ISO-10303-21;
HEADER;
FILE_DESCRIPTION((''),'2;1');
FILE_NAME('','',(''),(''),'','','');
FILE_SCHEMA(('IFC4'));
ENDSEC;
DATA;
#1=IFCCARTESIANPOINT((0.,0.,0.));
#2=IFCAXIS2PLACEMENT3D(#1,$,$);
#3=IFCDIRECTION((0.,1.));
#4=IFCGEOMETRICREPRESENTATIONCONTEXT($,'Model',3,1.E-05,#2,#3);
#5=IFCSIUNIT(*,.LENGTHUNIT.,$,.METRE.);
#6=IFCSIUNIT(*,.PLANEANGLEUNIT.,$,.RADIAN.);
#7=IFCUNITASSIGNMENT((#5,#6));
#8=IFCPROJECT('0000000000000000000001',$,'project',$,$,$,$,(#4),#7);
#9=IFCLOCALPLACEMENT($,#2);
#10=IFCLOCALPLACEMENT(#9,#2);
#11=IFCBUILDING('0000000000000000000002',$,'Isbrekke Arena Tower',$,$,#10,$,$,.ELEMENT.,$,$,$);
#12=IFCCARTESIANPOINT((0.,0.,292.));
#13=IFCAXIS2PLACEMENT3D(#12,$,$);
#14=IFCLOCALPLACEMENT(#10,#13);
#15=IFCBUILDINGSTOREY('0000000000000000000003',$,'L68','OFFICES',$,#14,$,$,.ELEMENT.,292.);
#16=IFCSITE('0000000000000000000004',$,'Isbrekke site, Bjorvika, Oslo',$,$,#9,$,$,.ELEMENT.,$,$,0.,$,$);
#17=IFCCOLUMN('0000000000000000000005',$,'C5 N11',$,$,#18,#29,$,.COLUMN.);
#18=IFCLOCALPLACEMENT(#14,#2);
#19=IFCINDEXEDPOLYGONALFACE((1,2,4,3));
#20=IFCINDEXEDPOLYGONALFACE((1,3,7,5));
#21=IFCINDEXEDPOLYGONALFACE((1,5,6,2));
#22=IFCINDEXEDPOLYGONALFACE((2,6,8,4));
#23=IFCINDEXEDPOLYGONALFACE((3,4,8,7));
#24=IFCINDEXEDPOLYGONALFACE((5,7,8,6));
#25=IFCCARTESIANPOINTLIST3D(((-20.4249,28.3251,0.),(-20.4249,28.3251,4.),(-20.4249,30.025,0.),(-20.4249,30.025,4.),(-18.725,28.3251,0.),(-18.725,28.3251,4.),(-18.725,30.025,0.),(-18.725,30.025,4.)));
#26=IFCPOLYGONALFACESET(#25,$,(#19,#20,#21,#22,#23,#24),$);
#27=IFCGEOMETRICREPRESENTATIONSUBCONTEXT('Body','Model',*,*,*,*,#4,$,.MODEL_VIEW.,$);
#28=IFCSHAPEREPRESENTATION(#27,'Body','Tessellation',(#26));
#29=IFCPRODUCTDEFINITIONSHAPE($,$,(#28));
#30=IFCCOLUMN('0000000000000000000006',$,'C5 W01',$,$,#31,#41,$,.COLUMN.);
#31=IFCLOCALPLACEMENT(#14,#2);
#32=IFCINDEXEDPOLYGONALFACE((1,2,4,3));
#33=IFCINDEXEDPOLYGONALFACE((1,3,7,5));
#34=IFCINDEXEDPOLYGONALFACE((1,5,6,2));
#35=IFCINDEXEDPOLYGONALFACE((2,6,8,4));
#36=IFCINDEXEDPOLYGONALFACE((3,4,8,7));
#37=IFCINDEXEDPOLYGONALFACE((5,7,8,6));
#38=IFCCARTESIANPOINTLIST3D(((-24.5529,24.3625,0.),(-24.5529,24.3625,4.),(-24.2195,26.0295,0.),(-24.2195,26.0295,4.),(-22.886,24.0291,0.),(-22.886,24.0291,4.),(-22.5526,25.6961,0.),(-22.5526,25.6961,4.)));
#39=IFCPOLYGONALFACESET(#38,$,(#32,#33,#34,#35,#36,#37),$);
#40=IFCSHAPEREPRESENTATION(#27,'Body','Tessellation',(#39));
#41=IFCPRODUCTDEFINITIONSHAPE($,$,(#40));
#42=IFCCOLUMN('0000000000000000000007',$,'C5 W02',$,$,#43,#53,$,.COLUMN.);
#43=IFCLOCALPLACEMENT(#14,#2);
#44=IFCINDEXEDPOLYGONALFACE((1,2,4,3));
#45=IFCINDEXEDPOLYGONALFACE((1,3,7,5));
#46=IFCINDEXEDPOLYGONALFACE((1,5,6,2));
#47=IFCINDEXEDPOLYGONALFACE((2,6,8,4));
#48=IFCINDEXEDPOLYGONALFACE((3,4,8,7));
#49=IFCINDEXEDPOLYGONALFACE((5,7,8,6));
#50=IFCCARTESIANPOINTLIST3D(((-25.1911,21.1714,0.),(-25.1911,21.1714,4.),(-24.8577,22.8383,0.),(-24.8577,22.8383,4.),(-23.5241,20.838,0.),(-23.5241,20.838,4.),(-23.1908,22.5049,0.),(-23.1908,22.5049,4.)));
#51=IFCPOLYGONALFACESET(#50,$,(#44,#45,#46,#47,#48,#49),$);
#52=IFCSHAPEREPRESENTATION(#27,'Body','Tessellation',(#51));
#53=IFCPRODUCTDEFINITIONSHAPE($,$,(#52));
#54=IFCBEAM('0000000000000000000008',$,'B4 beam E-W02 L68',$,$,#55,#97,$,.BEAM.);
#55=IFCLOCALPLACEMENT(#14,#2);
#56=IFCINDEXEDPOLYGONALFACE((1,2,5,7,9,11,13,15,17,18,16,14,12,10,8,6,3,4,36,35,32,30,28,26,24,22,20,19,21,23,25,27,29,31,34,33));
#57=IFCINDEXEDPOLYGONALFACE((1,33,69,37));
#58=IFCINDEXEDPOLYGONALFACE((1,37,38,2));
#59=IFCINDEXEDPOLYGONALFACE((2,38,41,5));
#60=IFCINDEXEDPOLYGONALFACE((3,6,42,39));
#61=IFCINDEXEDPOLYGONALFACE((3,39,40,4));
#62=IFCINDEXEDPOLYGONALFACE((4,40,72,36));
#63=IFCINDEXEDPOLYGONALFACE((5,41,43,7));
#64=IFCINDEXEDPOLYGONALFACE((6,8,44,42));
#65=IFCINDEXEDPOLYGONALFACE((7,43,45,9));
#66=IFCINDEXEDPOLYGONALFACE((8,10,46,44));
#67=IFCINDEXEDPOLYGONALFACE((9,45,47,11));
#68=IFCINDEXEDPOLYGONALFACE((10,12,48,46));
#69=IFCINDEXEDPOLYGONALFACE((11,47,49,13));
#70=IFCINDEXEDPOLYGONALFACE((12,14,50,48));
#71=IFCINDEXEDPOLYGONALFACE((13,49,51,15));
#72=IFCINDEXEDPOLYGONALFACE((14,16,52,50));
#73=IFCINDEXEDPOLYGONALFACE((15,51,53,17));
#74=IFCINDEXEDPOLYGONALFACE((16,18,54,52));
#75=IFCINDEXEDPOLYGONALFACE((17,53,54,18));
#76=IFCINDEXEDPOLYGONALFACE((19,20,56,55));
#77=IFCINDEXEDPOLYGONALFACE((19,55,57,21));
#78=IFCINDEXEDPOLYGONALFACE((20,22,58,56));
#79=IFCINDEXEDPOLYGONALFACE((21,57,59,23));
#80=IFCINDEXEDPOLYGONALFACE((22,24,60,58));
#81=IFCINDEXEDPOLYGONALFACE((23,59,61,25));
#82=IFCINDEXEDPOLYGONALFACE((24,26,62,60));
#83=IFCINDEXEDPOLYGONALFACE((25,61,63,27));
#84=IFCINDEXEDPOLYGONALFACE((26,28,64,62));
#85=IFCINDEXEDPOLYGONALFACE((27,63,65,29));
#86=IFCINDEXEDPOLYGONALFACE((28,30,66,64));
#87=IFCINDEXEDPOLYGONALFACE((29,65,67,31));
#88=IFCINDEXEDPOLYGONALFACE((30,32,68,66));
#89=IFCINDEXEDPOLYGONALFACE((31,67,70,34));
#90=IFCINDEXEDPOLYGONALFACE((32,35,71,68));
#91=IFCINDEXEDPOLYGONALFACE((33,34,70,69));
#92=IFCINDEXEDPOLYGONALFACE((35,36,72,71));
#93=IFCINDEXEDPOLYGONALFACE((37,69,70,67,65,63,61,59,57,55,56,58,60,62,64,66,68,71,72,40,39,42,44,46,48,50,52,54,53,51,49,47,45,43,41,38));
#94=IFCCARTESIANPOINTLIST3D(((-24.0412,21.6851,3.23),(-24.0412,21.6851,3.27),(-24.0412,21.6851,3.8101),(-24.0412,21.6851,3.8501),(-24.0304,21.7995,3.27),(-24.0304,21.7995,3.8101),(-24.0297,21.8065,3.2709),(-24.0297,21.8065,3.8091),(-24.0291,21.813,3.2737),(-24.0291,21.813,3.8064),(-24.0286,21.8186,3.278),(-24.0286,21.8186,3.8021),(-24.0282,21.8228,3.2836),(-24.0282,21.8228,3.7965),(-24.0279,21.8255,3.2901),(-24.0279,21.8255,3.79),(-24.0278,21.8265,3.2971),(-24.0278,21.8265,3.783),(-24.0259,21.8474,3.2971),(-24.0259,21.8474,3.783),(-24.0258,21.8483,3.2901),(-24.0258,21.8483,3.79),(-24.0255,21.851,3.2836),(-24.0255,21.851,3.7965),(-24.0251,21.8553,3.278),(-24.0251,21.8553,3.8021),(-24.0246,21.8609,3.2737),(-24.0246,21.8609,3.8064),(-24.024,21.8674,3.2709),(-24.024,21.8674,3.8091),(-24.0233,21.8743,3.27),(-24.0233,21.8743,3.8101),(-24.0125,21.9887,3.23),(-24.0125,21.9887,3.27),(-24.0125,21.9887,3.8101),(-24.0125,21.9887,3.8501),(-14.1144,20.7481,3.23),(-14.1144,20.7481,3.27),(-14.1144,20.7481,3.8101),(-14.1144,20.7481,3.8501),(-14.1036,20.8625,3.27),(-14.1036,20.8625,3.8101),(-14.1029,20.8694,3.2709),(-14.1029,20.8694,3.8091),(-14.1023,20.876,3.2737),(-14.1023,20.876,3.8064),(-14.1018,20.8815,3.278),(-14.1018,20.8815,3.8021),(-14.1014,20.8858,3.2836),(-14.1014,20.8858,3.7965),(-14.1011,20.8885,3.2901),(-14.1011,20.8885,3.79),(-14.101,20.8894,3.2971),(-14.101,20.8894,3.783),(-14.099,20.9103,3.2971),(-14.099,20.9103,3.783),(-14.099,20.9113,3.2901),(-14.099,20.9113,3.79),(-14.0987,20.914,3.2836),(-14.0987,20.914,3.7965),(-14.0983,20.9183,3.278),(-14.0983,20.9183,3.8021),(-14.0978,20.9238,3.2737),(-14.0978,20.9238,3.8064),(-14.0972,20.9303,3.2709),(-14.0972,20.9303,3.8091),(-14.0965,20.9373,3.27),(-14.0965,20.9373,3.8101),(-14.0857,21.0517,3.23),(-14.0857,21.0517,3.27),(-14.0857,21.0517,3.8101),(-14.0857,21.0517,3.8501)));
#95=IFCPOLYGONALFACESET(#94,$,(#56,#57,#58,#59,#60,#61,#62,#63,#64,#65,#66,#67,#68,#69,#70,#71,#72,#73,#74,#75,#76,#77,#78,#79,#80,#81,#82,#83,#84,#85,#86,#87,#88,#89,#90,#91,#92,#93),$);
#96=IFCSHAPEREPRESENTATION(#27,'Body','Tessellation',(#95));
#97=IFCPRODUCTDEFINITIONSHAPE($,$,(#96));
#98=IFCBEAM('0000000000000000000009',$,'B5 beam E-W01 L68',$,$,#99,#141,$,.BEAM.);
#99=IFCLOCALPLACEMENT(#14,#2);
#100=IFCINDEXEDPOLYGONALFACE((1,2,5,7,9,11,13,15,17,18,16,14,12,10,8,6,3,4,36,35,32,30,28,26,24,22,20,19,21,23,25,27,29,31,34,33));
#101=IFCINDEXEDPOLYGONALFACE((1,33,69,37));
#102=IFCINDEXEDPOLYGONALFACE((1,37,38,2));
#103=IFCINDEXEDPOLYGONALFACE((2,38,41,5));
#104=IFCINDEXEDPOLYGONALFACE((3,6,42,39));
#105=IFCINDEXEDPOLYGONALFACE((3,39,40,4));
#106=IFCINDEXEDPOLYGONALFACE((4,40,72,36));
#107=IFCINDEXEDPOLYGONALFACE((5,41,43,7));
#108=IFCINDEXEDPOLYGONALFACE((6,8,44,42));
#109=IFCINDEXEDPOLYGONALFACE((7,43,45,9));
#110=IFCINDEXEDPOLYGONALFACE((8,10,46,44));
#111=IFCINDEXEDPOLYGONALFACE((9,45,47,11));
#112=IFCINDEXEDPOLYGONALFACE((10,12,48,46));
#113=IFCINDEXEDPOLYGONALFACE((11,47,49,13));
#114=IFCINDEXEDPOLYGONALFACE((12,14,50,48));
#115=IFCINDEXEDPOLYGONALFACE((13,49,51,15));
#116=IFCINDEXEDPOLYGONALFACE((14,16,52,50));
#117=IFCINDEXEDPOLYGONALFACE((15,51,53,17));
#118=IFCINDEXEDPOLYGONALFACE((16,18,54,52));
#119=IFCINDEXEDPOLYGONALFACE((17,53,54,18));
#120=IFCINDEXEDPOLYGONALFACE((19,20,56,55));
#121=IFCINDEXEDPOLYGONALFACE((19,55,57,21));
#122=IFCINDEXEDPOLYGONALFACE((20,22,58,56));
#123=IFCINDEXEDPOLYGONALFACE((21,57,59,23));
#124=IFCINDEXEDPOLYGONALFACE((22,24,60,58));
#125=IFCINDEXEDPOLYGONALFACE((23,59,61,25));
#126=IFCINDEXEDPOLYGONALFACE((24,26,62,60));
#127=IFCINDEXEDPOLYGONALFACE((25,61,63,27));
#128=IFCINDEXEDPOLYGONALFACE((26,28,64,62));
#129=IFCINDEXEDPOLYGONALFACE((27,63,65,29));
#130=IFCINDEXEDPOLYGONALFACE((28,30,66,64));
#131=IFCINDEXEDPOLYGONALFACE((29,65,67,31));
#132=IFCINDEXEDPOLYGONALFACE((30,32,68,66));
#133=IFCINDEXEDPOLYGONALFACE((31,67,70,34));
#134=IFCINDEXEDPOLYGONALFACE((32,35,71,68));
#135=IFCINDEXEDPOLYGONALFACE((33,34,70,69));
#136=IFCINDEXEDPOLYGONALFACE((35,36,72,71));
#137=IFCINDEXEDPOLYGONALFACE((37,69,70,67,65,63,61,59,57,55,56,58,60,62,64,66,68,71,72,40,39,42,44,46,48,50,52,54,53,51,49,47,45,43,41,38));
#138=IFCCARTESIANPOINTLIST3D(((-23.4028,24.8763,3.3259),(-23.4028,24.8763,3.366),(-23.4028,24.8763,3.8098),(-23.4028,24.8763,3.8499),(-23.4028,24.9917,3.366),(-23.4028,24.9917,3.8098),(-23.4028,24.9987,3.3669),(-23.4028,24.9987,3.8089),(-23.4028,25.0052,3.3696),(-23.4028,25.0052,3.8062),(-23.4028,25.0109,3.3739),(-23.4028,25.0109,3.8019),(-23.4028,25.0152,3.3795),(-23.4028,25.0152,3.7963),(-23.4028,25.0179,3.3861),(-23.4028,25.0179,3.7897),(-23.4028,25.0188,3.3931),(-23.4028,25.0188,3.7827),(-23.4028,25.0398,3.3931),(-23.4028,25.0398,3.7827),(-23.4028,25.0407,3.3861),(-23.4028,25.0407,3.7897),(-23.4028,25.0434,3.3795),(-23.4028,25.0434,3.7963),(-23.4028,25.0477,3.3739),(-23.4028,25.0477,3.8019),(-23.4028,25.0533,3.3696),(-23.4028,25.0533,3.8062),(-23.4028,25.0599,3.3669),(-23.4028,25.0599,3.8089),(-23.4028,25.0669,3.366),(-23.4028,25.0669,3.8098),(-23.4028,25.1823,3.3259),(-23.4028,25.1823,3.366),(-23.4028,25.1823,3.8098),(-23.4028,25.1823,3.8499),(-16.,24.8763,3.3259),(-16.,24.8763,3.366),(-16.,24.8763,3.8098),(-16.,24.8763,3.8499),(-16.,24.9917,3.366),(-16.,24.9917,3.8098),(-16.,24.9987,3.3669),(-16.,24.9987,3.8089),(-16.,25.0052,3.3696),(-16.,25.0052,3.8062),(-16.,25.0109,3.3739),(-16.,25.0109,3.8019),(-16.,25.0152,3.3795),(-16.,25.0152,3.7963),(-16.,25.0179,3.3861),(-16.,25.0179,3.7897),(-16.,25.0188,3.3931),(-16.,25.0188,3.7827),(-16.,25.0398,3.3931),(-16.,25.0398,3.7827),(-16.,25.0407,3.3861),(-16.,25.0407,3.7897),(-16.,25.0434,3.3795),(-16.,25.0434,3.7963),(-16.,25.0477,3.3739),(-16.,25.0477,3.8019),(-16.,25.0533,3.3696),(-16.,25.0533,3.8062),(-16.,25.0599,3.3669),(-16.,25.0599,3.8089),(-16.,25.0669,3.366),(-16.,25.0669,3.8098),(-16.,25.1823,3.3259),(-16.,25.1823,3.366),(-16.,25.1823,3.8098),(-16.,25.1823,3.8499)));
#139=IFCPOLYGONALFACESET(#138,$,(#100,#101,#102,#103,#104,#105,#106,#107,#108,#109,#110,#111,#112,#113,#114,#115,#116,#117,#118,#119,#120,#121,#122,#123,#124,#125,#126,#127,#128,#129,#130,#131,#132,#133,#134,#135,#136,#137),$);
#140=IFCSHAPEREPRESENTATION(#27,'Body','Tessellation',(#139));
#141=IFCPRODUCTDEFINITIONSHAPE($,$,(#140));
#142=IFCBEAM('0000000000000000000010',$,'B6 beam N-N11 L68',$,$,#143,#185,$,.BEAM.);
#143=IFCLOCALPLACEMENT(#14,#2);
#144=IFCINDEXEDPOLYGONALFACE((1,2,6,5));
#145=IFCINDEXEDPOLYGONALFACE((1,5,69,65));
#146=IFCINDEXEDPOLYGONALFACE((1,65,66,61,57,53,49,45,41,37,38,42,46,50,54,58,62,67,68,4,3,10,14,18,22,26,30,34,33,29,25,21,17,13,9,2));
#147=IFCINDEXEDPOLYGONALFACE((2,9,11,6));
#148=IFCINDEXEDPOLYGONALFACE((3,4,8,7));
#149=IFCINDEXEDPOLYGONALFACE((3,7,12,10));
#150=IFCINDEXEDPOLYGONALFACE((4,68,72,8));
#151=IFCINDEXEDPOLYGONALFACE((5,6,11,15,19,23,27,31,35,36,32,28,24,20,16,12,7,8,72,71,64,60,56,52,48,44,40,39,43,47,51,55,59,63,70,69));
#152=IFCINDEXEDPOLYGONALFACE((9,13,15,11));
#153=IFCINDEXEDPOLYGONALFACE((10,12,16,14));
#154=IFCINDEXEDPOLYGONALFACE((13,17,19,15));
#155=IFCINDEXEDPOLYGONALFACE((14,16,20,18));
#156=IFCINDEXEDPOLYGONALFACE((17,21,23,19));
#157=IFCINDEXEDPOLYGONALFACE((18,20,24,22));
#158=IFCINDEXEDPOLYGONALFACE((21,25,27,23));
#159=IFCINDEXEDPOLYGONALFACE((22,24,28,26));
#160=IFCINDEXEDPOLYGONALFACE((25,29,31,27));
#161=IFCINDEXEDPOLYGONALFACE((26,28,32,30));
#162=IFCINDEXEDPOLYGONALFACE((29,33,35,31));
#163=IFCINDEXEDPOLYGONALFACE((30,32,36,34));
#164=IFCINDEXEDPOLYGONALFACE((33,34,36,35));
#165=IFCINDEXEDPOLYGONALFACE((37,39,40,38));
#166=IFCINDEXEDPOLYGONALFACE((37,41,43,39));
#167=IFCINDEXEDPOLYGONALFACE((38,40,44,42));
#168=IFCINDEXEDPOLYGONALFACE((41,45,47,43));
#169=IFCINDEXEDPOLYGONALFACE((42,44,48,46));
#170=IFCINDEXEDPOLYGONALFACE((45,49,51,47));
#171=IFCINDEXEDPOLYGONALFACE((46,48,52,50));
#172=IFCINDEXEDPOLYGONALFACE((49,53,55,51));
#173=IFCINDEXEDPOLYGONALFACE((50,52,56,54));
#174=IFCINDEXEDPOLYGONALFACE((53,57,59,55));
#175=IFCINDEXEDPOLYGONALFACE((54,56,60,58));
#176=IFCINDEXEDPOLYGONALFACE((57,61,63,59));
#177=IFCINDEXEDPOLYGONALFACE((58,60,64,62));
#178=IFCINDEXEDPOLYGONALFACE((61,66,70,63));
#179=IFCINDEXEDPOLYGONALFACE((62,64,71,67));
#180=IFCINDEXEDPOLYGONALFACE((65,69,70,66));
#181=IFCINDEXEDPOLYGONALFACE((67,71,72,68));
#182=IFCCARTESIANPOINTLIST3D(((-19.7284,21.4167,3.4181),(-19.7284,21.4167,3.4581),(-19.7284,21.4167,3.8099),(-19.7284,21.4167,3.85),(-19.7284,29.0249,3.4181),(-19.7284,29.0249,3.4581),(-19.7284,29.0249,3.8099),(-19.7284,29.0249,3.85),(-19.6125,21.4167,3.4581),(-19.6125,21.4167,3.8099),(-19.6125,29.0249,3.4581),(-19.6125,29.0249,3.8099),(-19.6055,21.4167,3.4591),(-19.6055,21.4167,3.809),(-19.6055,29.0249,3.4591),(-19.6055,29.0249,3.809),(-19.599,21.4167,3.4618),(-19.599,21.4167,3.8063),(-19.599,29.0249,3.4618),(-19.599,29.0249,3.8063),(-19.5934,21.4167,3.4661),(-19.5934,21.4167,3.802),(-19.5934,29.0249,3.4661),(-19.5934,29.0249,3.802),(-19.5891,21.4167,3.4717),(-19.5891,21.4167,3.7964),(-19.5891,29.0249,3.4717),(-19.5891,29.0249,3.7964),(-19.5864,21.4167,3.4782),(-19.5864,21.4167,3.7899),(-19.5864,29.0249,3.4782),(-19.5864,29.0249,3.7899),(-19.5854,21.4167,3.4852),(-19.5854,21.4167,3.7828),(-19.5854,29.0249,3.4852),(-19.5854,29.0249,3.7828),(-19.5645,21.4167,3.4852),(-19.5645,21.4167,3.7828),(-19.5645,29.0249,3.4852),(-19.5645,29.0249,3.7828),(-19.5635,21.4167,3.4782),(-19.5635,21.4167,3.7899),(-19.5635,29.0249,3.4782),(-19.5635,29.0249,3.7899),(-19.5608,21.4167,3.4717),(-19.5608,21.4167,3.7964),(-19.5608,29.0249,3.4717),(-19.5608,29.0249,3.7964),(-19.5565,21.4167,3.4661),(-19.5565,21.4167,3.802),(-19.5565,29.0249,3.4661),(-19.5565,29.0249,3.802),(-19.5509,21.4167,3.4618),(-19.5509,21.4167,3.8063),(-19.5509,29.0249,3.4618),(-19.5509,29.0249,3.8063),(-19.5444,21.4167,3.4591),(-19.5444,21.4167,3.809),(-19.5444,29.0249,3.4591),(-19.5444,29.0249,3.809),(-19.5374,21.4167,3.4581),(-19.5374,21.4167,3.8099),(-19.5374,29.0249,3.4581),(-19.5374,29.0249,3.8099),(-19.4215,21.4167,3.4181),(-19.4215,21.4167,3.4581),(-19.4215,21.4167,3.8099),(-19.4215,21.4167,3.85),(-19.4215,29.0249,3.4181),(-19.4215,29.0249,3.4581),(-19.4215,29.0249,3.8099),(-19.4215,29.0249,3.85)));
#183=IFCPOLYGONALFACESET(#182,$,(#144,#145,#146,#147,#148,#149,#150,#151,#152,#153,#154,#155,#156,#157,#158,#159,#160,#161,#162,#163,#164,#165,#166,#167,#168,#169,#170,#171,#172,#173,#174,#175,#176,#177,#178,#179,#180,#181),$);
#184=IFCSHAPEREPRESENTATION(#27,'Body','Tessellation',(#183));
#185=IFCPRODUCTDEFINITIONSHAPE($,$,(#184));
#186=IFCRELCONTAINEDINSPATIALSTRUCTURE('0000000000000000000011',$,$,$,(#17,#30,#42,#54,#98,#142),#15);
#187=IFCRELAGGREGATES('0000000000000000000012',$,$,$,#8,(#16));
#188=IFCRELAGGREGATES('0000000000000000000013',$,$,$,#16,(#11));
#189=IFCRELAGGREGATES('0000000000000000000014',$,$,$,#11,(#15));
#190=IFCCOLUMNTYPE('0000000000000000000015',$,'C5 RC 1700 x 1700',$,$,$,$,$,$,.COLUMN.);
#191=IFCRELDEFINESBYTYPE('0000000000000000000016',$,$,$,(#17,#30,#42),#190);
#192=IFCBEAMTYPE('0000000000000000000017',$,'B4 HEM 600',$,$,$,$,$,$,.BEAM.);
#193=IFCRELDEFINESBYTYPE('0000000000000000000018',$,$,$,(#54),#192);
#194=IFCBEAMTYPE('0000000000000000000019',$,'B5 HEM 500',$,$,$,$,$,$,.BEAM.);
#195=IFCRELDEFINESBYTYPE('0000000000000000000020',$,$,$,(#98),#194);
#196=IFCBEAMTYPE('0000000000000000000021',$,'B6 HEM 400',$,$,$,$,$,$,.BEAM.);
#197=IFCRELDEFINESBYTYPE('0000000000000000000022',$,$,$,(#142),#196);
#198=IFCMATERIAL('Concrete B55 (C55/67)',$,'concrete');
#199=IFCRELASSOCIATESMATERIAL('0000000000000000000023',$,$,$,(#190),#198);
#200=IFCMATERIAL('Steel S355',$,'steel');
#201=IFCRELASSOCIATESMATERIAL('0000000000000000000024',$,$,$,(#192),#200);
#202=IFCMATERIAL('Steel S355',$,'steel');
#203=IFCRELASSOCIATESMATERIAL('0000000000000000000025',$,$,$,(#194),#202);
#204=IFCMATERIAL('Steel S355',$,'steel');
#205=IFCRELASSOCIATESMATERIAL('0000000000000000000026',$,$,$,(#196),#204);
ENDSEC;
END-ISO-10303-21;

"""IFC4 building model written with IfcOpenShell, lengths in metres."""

from ifc_helpers import new_model, si_unit, direction, frame, origin, origin_2d, place, context, subcontext, project, spatial, rectangle, i_section, extrude, material, material_profile, profile_set, type_object, element, save


model = new_model("IFC4")

# Units and contexts
model_context = context("Model", 3, precision=1e-05, world=origin(), true_north=direction((0.0, 1.0)))
body_context = subcontext(model_context, "Body", "Model", "MODEL_VIEW")
ifc_project = project(units=[si_unit("LENGTHUNIT", "METRE"), si_unit("PLANEANGLEUNIT", "RADIAN")], contexts=[model_context])

# Site, building, storey
site_placement = place(None, origin())
site = spatial("IfcSite", under=ifc_project, at=site_placement, Name="Isbrekke site, Bjorvika, Oslo", CompositionType="ELEMENT", RefElevation=0.0)
building_placement = place(site_placement, origin())
building = spatial("IfcBuilding", under=site, at=building_placement, Name="Isbrekke Arena Tower", CompositionType="ELEMENT")
storey_placement = place(building_placement, frame((0.0, 0.0, 292.0)))
storey = spatial("IfcBuildingStorey", under=building, at=storey_placement, Name="L68", Description="OFFICES", CompositionType="ELEMENT", Elevation=292.0)

# Columns
ifc_material_1 = material(Name="Concrete B55 (C55/67)", Category="concrete")
ifc_material_profile_1 = material_profile(ifc_material_1, rectangle(XDim=1.7, YDim=1.7, at=origin_2d()), Name="RC 1700x1700")
ifc_profile_set_1 = profile_set([ifc_material_profile_1], Name="Concrete B55 (C55/67)")
column_type = type_object("IfcColumnType", Name="C5 RC 1700 x 1700", PredefinedType="COLUMN", material=ifc_profile_set_1)
for number, where, z_axis, x_axis, name in (
    (1, (-19.575, 29.175, 0.0), (0.0, 0.0, 1.0), (-1.0, 0.0, 0.0), "C5 N11"),
    (2, (-23.5527, 25.0293, 0.0), (0.0, 0.0, 1.0), (-0.196116, -0.980581, 0.0), "C5 W01"),
    (3, (-24.1909, 21.8381, 0.0), (0.0, 0.0, 1.0), (-0.196116, -0.980581, 0.0), "C5 W02"),
):
    element("IfcColumn", number, at=place(storey_placement, frame(where, z_axis=z_axis, x_axis=x_axis)), inside=storey, type_object=column_type, Name=name, PredefinedType="COLUMN", context=body_context, shape_type="SweptSolid", body=[
        extrude(rectangle(XDim=1.7, YDim=1.7, at=origin_2d()), origin(), (0.0, 0.0, 1.0), 4.0),
    ])

# Beams
ifc_material_2 = material(Name="Steel S355", Category="steel")
ifc_material_profile_2 = material_profile(ifc_material_2, i_section(OverallWidth=0.3049, OverallDepth=0.6201, WebThickness=0.021, FlangeThickness=0.04, FilletRadius=0.0271, at=origin_2d()), Name="HEM 600")
ifc_profile_set_2 = profile_set([ifc_material_profile_2], Name="Steel S355")
beam_type_1 = type_object("IfcBeamType", Name="B4 HEM 600", PredefinedType="BEAM", material=ifc_profile_set_2)
beam_1_placement = place(storey_placement, frame((-24.0269, 21.8369, 3.54), z_axis=(0.995575, -0.093975, 0.0), x_axis=(0.093975, 0.995575, 0.0)))
element("IfcBeam", 4, at=beam_1_placement, inside=storey, type_object=beam_type_1, Name="B4 beam E-W02 L68", PredefinedType="BEAM", context=body_context, shape_type="SweptSolid", body=[
    extrude(i_section(OverallWidth=0.3049, OverallDepth=0.6201, WebThickness=0.021, FlangeThickness=0.04, FilletRadius=0.0271, at=origin_2d()), origin(), (0.0, 0.0, 1.0), 9.9709),
])
ifc_material_3 = material(Name="Steel S355", Category="steel")
ifc_material_profile_3 = material_profile(ifc_material_3, i_section(OverallWidth=0.3059, OverallDepth=0.5239, WebThickness=0.021, FlangeThickness=0.04, FilletRadius=0.0271, at=origin_2d()), Name="HEM 500")
ifc_profile_set_3 = profile_set([ifc_material_profile_3], Name="Steel S355")
beam_type_2 = type_object("IfcBeamType", Name="B5 HEM 500", PredefinedType="BEAM", material=ifc_profile_set_3)
beam_2_placement = place(storey_placement, frame((-23.4028, 25.0293, 3.5879), z_axis=(1.0, 0.0, 0.0), x_axis=(0.0, 1.0, 0.0)))
element("IfcBeam", 5, at=beam_2_placement, inside=storey, type_object=beam_type_2, Name="B5 beam E-W01 L68", PredefinedType="BEAM", context=body_context, shape_type="SweptSolid", body=[
    extrude(i_section(OverallWidth=0.3059, OverallDepth=0.5239, WebThickness=0.021, FlangeThickness=0.04, FilletRadius=0.0271, at=origin_2d()), origin(), (0.0, 0.0, 1.0), 7.4028),
])
ifc_material_4 = material(Name="Steel S355", Category="steel")
ifc_material_profile_4 = material_profile(ifc_material_4, i_section(OverallWidth=0.3069, OverallDepth=0.4319, WebThickness=0.021, FlangeThickness=0.04, FilletRadius=0.0271, at=origin_2d()), Name="HEM 400")
ifc_profile_set_4 = profile_set([ifc_material_profile_4], Name="Steel S355")
beam_type_3 = type_object("IfcBeamType", Name="B6 HEM 400", PredefinedType="BEAM", material=ifc_profile_set_4)
beam_3_placement = place(storey_placement, frame((-19.575, 29.0249, 3.634), z_axis=(0.0, -1.0, 0.0), x_axis=(1.0, 0.0, 0.0)))
element("IfcBeam", 6, at=beam_3_placement, inside=storey, type_object=beam_type_3, Name="B6 beam N-N11 L68", PredefinedType="BEAM", context=body_context, shape_type="SweptSolid", body=[
    extrude(i_section(OverallWidth=0.3069, OverallDepth=0.4319, WebThickness=0.021, FlangeThickness=0.04, FilletRadius=0.0271, at=origin_2d()), origin(), (0.0, 0.0, 1.0), 7.6082),
])

save(model, "model.ifc")
